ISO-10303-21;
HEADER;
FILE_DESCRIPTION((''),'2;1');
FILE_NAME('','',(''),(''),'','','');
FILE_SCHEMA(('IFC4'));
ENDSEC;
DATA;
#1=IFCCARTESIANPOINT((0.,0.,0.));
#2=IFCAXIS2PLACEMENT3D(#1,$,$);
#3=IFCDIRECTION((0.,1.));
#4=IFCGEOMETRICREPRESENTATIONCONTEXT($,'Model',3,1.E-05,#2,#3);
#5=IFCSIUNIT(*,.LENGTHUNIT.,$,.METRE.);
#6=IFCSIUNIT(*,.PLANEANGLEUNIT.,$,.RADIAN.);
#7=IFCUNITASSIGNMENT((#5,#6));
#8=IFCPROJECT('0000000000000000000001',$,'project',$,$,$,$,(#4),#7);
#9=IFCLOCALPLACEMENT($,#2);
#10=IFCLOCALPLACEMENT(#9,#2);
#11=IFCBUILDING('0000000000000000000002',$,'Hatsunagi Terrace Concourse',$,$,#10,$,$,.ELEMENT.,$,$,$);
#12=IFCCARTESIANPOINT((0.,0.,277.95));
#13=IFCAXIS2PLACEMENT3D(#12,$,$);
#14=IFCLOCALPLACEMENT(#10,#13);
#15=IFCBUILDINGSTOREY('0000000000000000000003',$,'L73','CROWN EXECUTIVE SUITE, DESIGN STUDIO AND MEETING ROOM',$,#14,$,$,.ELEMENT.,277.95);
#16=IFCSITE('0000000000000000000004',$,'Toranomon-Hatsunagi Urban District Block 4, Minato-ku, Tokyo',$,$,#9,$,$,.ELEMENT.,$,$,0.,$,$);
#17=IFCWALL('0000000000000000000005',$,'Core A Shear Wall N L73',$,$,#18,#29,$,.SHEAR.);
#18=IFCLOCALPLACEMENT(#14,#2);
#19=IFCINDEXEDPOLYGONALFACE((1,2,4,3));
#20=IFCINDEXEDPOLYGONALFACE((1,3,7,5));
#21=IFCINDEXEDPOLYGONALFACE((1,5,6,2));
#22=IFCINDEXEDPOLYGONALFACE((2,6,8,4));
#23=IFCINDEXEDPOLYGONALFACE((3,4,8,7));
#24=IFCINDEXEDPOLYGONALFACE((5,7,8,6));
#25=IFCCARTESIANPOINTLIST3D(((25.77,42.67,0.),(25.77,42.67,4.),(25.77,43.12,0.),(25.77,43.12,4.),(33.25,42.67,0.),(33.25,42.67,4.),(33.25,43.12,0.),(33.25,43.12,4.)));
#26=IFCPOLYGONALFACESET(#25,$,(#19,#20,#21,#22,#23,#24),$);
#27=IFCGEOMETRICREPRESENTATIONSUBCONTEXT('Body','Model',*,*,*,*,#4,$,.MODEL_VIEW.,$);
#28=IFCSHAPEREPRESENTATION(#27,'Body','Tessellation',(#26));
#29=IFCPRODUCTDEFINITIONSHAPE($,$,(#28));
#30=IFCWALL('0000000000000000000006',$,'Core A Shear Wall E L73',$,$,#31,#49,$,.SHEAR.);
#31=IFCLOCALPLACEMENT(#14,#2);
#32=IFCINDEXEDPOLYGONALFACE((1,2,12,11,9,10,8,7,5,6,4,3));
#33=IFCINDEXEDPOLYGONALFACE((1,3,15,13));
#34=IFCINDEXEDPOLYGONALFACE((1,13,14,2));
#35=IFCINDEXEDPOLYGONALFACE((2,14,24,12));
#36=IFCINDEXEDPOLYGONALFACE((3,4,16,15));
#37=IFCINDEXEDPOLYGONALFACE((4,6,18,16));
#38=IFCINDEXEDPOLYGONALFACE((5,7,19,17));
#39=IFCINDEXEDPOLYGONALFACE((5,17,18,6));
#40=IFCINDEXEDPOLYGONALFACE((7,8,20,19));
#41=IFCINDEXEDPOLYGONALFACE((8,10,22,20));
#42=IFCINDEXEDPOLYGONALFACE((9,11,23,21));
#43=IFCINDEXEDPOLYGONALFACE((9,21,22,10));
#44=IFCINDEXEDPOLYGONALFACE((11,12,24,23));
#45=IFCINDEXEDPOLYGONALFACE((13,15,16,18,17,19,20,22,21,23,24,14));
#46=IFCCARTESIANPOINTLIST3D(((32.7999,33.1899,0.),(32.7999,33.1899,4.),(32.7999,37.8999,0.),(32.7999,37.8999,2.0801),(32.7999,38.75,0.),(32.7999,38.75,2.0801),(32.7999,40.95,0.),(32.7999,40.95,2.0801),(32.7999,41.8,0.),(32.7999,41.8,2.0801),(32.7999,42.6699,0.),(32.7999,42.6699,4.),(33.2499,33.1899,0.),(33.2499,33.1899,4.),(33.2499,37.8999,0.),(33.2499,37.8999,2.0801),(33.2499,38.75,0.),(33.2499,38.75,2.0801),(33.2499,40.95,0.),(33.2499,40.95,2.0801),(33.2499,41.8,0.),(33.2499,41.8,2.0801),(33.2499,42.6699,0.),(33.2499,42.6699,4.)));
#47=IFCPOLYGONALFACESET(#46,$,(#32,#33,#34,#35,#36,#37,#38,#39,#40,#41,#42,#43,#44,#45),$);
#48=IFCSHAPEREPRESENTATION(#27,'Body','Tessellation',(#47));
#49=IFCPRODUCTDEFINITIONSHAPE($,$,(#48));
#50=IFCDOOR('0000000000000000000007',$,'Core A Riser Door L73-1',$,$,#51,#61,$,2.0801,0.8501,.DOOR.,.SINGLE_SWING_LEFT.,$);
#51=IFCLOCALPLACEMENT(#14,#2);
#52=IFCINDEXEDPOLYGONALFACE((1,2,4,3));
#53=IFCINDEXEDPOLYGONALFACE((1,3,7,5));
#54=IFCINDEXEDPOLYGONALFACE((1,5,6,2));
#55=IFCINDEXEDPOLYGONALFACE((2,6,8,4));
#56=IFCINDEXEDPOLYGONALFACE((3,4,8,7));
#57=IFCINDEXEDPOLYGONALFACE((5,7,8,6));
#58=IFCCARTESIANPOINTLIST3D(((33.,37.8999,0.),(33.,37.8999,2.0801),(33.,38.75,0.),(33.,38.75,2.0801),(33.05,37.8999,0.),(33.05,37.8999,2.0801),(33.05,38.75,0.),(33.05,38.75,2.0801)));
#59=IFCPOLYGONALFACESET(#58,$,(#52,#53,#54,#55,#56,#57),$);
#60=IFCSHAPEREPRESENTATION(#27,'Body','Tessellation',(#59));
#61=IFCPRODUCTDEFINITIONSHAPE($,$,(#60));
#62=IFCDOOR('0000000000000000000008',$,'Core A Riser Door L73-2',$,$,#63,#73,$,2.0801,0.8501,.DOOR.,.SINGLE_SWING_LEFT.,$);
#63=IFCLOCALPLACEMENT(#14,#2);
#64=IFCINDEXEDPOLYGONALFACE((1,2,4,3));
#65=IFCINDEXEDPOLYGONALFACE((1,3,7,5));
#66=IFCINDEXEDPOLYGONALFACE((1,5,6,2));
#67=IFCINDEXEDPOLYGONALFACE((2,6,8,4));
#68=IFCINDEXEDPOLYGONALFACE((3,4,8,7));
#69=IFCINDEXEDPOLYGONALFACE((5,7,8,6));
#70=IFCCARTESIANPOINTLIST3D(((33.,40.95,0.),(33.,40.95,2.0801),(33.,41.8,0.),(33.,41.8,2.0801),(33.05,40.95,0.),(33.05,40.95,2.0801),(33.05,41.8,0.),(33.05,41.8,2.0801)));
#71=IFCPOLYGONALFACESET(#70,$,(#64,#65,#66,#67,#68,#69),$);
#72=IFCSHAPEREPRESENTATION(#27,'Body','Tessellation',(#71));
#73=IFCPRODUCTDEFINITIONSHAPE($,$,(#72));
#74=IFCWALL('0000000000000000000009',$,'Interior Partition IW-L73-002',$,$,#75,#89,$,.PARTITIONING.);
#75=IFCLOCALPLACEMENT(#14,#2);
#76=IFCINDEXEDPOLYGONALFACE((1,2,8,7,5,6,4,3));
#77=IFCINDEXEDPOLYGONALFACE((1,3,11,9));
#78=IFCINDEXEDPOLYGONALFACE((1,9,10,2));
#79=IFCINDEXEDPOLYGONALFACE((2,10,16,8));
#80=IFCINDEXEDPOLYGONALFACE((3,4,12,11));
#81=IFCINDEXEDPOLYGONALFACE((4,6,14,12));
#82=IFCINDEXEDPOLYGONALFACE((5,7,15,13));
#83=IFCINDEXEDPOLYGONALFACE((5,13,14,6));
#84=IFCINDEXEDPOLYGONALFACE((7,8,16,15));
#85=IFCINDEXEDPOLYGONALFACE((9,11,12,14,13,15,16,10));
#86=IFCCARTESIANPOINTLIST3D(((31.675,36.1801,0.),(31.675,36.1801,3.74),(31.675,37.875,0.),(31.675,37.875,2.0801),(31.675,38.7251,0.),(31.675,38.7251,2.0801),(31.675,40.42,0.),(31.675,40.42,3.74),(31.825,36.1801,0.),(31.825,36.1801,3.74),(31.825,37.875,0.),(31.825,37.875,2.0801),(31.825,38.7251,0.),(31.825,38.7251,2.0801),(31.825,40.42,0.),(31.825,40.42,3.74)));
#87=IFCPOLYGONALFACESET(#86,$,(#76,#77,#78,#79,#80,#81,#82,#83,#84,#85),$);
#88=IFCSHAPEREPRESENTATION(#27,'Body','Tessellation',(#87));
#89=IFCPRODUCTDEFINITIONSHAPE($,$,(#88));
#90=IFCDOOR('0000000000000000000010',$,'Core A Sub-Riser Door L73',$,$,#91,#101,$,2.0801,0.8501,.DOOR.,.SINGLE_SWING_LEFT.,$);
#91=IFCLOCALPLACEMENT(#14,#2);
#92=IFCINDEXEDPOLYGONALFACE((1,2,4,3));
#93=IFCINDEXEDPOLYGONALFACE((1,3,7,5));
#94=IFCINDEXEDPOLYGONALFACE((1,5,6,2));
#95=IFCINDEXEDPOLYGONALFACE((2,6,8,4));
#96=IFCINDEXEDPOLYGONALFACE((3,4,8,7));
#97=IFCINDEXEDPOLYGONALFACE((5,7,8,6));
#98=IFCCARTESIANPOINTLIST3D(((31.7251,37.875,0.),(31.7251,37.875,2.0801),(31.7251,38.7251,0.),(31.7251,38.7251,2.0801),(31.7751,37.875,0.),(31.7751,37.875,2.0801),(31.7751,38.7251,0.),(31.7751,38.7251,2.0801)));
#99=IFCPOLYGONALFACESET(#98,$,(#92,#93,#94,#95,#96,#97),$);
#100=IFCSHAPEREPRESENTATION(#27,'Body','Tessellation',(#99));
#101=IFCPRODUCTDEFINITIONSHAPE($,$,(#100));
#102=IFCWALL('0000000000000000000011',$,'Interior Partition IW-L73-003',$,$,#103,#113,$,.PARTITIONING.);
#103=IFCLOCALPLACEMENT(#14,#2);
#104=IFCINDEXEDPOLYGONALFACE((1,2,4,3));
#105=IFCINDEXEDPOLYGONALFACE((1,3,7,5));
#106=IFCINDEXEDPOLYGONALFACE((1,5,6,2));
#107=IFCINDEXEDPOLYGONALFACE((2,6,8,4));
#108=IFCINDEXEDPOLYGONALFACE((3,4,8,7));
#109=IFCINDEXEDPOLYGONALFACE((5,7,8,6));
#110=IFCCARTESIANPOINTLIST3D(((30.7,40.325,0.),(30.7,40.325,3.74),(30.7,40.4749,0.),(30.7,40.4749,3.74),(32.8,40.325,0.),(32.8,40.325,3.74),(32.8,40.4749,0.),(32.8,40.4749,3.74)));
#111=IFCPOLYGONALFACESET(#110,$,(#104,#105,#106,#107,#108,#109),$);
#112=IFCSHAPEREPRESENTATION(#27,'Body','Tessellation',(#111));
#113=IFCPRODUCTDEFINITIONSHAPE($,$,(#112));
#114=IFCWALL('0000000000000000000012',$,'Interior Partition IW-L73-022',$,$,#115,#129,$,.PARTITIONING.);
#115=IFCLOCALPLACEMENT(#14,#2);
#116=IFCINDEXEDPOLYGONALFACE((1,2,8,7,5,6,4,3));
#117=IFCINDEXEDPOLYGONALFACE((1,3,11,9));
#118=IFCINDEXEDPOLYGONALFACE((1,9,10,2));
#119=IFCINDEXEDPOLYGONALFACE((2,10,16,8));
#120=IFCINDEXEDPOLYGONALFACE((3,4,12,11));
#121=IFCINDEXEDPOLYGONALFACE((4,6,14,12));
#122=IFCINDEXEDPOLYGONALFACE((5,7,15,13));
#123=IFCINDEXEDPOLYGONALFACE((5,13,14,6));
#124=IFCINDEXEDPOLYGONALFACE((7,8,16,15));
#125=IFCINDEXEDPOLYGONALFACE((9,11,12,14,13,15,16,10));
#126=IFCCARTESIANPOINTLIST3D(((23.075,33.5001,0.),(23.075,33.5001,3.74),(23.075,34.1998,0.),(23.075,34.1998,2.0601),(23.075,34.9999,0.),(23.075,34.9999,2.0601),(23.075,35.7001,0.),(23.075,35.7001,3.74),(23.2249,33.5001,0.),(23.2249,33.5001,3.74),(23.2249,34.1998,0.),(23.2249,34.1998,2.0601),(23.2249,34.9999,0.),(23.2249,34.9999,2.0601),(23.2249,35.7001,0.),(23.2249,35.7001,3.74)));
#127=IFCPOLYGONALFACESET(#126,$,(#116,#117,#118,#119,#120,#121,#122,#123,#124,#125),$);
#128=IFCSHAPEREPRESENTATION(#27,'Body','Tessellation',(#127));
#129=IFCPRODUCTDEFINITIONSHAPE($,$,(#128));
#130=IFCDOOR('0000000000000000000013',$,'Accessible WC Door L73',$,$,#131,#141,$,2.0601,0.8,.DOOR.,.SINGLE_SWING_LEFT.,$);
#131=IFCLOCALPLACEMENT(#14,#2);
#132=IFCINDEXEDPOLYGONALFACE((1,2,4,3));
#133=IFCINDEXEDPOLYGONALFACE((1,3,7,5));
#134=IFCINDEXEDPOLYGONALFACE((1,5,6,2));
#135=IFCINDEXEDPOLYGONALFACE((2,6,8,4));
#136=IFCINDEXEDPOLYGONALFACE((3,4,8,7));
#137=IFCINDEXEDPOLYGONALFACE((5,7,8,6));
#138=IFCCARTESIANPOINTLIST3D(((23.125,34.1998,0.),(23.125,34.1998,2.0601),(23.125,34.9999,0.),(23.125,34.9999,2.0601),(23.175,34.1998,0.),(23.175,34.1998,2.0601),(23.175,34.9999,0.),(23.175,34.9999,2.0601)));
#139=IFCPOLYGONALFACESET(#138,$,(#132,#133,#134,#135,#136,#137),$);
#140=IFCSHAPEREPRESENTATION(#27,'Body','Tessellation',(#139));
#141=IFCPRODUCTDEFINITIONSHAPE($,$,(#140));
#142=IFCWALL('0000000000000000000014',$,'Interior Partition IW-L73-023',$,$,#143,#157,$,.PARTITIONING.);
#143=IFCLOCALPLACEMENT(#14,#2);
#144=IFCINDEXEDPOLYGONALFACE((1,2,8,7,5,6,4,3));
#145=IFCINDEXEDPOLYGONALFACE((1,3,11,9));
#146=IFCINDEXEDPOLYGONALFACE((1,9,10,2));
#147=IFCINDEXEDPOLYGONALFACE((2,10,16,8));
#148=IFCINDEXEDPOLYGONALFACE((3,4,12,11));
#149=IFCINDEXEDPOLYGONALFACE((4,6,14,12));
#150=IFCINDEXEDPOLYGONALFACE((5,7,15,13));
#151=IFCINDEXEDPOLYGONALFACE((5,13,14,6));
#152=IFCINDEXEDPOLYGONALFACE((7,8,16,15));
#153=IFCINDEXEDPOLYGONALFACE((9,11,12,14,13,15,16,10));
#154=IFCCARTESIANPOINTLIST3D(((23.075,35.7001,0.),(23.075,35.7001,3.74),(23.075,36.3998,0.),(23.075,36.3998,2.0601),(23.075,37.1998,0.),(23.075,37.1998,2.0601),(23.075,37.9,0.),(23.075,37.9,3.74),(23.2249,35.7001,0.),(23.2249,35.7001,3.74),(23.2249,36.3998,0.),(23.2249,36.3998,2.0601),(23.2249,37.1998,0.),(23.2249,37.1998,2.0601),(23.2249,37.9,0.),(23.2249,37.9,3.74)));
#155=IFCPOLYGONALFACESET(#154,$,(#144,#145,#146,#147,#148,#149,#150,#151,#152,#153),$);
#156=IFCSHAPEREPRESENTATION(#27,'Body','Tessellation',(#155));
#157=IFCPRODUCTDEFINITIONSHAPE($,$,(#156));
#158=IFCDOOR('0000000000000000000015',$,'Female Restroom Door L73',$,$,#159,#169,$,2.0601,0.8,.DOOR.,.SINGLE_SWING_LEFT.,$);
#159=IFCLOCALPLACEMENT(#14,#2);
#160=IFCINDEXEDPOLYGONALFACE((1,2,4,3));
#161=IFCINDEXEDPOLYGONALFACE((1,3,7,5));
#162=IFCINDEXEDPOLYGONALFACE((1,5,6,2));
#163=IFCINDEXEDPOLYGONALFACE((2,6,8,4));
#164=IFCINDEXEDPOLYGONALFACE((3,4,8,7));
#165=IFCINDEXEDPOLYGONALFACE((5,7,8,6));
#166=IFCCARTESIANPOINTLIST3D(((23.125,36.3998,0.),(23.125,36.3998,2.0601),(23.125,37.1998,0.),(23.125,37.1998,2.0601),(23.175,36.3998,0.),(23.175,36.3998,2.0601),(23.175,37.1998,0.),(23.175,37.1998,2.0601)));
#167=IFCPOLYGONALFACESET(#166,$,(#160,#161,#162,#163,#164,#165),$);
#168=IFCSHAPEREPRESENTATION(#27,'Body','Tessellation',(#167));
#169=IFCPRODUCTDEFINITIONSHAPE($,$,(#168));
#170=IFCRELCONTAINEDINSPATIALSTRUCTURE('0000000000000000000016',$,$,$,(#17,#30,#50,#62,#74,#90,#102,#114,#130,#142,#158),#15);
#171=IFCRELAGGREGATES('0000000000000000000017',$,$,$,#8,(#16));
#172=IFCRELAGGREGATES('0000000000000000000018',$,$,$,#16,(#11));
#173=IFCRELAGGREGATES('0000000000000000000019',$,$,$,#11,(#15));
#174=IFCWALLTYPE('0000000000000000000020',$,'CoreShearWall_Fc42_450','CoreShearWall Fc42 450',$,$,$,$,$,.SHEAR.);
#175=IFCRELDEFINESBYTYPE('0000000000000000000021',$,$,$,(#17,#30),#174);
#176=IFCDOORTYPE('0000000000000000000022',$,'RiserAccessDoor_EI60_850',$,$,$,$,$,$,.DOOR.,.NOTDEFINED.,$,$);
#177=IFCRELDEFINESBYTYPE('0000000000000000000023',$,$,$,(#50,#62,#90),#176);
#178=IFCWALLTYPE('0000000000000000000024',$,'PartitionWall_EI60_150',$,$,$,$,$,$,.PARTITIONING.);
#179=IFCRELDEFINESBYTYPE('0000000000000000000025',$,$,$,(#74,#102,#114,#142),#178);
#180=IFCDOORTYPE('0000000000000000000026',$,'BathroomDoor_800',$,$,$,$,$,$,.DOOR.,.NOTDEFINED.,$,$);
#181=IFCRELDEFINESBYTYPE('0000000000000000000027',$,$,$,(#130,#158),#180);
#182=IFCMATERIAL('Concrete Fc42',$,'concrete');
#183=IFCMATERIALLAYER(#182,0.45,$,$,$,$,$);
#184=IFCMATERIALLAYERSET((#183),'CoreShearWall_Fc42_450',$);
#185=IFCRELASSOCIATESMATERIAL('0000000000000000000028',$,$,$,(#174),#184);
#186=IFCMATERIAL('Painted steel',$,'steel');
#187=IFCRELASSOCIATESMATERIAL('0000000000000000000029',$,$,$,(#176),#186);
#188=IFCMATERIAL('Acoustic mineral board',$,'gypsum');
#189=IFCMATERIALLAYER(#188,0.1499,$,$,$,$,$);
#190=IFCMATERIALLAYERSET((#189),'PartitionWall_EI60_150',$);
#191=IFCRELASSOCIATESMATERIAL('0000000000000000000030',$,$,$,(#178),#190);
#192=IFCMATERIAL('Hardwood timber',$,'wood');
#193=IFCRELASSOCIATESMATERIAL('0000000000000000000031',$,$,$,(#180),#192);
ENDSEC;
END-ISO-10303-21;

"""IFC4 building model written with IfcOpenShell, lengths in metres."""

from ifc_helpers import new_model, si_unit, direction, frame, frame_2d, origin, place, context, subcontext, project, spatial, rectangle, extrude, material, layer, layer_set, type_object, element, fill, save


model = new_model("IFC4")

# Units and contexts
model_context = context("Model", 3, precision=1e-05, world=origin(), true_north=direction((0.0, 1.0)))
body_context = subcontext(model_context, "Body", "Model", "MODEL_VIEW")
ifc_project = project(units=[si_unit("LENGTHUNIT", "METRE"), si_unit("PLANEANGLEUNIT", "RADIAN")], contexts=[model_context])

# Site, building, storey
site_placement = place(None, origin())
site = spatial("IfcSite", under=ifc_project, at=site_placement, Name="Toranomon-Hatsunagi Urban District Block 4, Minato-ku, Tokyo", CompositionType="ELEMENT", RefElevation=0.0)
building_placement = place(site_placement, origin())
building = spatial("IfcBuilding", under=site, at=building_placement, Name="Hatsunagi Terrace Concourse", CompositionType="ELEMENT")
storey_placement = place(building_placement, frame((0.0, 0.0, 277.95)))
storey = spatial("IfcBuildingStorey", under=building, at=storey_placement, Name="L73", Description="CROWN EXECUTIVE SUITE, DESIGN STUDIO AND MEETING ROOM", CompositionType="ELEMENT", Elevation=277.95)

# Wall
ifc_material_1 = material(Name="Concrete Fc42", Category="concrete")
ifc_layer_1 = layer(ifc_material_1, 0.45)
ifc_layer_set_1 = layer_set([ifc_layer_1], Name="CoreShearWall_Fc42_450")
wall_type_1 = type_object("IfcWallType", Name="CoreShearWall_Fc42_450", Description="CoreShearWall Fc42 450", PredefinedType="SHEAR", material=ifc_layer_set_1)
wall_1_placement = place(storey_placement, frame((25.77, 42.895, 0.0), z_axis=(0.0, 0.0, 1.0), x_axis=(1.0, 0.0, 0.0)))
element("IfcWall", 1, at=wall_1_placement, inside=storey, type_object=wall_type_1, Name="Core A Shear Wall N L73", PredefinedType="SHEAR", context=body_context, shape_type="SweptSolid", body=[
    extrude(rectangle(XDim=7.48, YDim=0.45, at=frame_2d((3.74, 0.0))), origin(), (0.0, 0.0, 1.0), 4.0),
])

# Wall, openings, doors
wall_2_placement = place(storey_placement, frame((33.0249, 33.1899, 0.0), z_axis=(0.0, 0.0, 1.0), x_axis=(0.0, 1.0, 0.0)))
wall_2 = element("IfcWall", 2, at=wall_2_placement, inside=storey, type_object=wall_type_1, Name="Core A Shear Wall E L73", PredefinedType="SHEAR", context=body_context, shape_type="SweptSolid", body=[
    extrude(rectangle(XDim=9.48, YDim=0.45, at=frame_2d((4.74, 0.0))), origin(), (0.0, 0.0, 1.0), 4.0),
])
opening_1_placement = place(wall_2_placement, frame((4.71, 0.0, 0.0)))
opening_1 = element("IfcOpeningElement", 3, at=opening_1_placement, cuts=wall_2, PredefinedType="OPENING", context=body_context, shape_type="SweptSolid", body=[
    extrude(rectangle(XDim=0.8501, YDim=2.0801, at=frame_2d((0.425, 1.04))), frame((0.0, 0.2349, 0.0), z_axis=(0.0, -1.0, 0.0), x_axis=(1.0, 0.0, 0.0)), (0.0, 0.0, 1.0), 0.47),
])
opening_2_placement = place(wall_2_placement, frame((7.76, 0.0, 0.0)))
opening_2 = element("IfcOpeningElement", 4, at=opening_2_placement, cuts=wall_2, PredefinedType="OPENING", context=body_context, shape_type="SweptSolid", body=[
    extrude(rectangle(XDim=0.8501, YDim=2.0801, at=frame_2d((0.425, 1.04))), frame((0.0, 0.2349, 0.0), z_axis=(0.0, -1.0, 0.0), x_axis=(1.0, 0.0, 0.0)), (0.0, 0.0, 1.0), 0.47),
])
ifc_material_2 = material(Name="Painted steel", Category="steel")
door_type_1 = type_object("IfcDoorType", Name="RiserAccessDoor_EI60_850", OperationType="NOTDEFINED", PredefinedType="DOOR", material=ifc_material_2)
door_1_placement = place(opening_1_placement, origin())
door_1 = element("IfcDoor", 5, at=door_1_placement, inside=storey, type_object=door_type_1, Name="Core A Riser Door L73-1", OperationType="SINGLE_SWING_LEFT", OverallHeight=2.0801, OverallWidth=0.8501, PredefinedType="DOOR", context=body_context, shape_type="SweptSolid", body=[
    extrude(rectangle(XDim=0.8501, YDim=2.0801, at=frame_2d((0.425, 1.04))), frame((0.0, 0.0249, 0.0), z_axis=(0.0, -1.0, 0.0), x_axis=(1.0, 0.0, 0.0)), (0.0, 0.0, 1.0), 0.05),
])
fill(opening_1, door_1)
door_2_placement = place(opening_2_placement, origin())
door_2 = element("IfcDoor", 6, at=door_2_placement, inside=storey, type_object=door_type_1, Name="Core A Riser Door L73-2", OperationType="SINGLE_SWING_LEFT", OverallHeight=2.0801, OverallWidth=0.8501, PredefinedType="DOOR", context=body_context, shape_type="SweptSolid", body=[
    extrude(rectangle(XDim=0.8501, YDim=2.0801, at=frame_2d((0.425, 1.04))), frame((0.0, 0.0249, 0.0), z_axis=(0.0, -1.0, 0.0), x_axis=(1.0, 0.0, 0.0)), (0.0, 0.0, 1.0), 0.05),
])
fill(opening_2, door_2)

# Wall, opening, door
ifc_material_3 = material(Name="Acoustic mineral board", Category="gypsum")
ifc_layer_2 = layer(ifc_material_3, 0.1499)
ifc_layer_set_2 = layer_set([ifc_layer_2], Name="PartitionWall_EI60_150")
wall_type_2 = type_object("IfcWallType", Name="PartitionWall_EI60_150", PredefinedType="PARTITIONING", material=ifc_layer_set_2)
wall_3_placement = place(storey_placement, frame((31.75, 36.1799, 0.0), z_axis=(0.0, 0.0, 1.0), x_axis=(0.0, 1.0, 0.0)))
wall_3 = element("IfcWall", 7, at=wall_3_placement, inside=storey, type_object=wall_type_2, Name="Interior Partition IW-L73-002", PredefinedType="PARTITIONING", context=body_context, shape_type="SweptSolid", body=[
    extrude(rectangle(XDim=4.24, YDim=0.1499, at=frame_2d((2.1201, 0.0))), origin(), (0.0, 0.0, 1.0), 3.74),
])
opening_3_placement = place(wall_3_placement, frame((1.6951, 0.0, 0.0)))
opening_3 = element("IfcOpeningElement", 8, at=opening_3_placement, cuts=wall_3, PredefinedType="OPENING", context=body_context, shape_type="SweptSolid", body=[
    extrude(rectangle(XDim=0.8501, YDim=2.0801, at=frame_2d((0.425, 1.04))), frame((0.0, 0.085, 0.0), z_axis=(0.0, -1.0, 0.0), x_axis=(1.0, 0.0, 0.0)), (0.0, 0.0, 1.0), 0.1699),
])
door_3_placement = place(opening_3_placement, origin())
door_3 = element("IfcDoor", 9, at=door_3_placement, inside=storey, type_object=door_type_1, Name="Core A Sub-Riser Door L73", OperationType="SINGLE_SWING_LEFT", OverallHeight=2.0801, OverallWidth=0.8501, PredefinedType="DOOR", context=body_context, shape_type="SweptSolid", body=[
    extrude(rectangle(XDim=0.8501, YDim=2.0801, at=frame_2d((0.425, 1.04))), frame((0.0, 0.0249, 0.0), z_axis=(0.0, -1.0, 0.0), x_axis=(1.0, 0.0, 0.0)), (0.0, 0.0, 1.0), 0.05),
])
fill(opening_3, door_3)

# Wall
wall_4_placement = place(storey_placement, frame((30.7, 40.3999, 0.0), z_axis=(0.0, 0.0, 1.0), x_axis=(1.0, 0.0, 0.0)))
element("IfcWall", 10, at=wall_4_placement, inside=storey, type_object=wall_type_2, Name="Interior Partition IW-L73-003", PredefinedType="PARTITIONING", context=body_context, shape_type="SweptSolid", body=[
    extrude(rectangle(XDim=2.1001, YDim=0.1499, at=frame_2d((1.05, 0.0))), origin(), (0.0, 0.0, 1.0), 3.74),
])

# Walls, openings, doors
wall_5_placement = place(storey_placement, frame((23.1499, 33.5, 0.0), z_axis=(0.0, 0.0, 1.0), x_axis=(0.0, 1.0, 0.0)))
wall_5 = element("IfcWall", 11, at=wall_5_placement, inside=storey, type_object=wall_type_2, Name="Interior Partition IW-L73-022", PredefinedType="PARTITIONING", context=body_context, shape_type="SweptSolid", body=[
    extrude(rectangle(XDim=2.2, YDim=0.1499, at=frame_2d((1.1001, 0.0))), origin(), (0.0, 0.0, 1.0), 3.74),
])
opening_4_placement = place(wall_5_placement, frame((0.7, 0.0, 0.0)))
opening_4 = element("IfcOpeningElement", 12, at=opening_4_placement, cuts=wall_5, PredefinedType="OPENING", context=body_context, shape_type="SweptSolid", body=[
    extrude(rectangle(XDim=0.8, YDim=2.0601, at=frame_2d((0.3999, 1.03))), frame((0.0, 0.085, 0.0), z_axis=(0.0, -1.0, 0.0), x_axis=(1.0, 0.0, 0.0)), (0.0, 0.0, 1.0), 0.1699),
])
ifc_material_4 = material(Name="Hardwood timber", Category="wood")
door_type_2 = type_object("IfcDoorType", Name="BathroomDoor_800", OperationType="NOTDEFINED", PredefinedType="DOOR", material=ifc_material_4)
door_4_placement = place(opening_4_placement, origin())
door_4 = element("IfcDoor", 13, at=door_4_placement, inside=storey, type_object=door_type_2, Name="Accessible WC Door L73", OperationType="SINGLE_SWING_LEFT", OverallHeight=2.0601, OverallWidth=0.8, PredefinedType="DOOR", context=body_context, shape_type="SweptSolid", body=[
    extrude(rectangle(XDim=0.8, YDim=2.0601, at=frame_2d((0.3999, 1.03))), frame((0.0, 0.0249, 0.0), z_axis=(0.0, -1.0, 0.0), x_axis=(1.0, 0.0, 0.0)), (0.0, 0.0, 1.0), 0.05),
])
fill(opening_4, door_4)
wall_6_placement = place(storey_placement, frame((23.1499, 35.7, 0.0), z_axis=(0.0, 0.0, 1.0), x_axis=(0.0, 1.0, 0.0)))
wall_6 = element("IfcWall", 14, at=wall_6_placement, inside=storey, type_object=wall_type_2, Name="Interior Partition IW-L73-023", PredefinedType="PARTITIONING", context=body_context, shape_type="SweptSolid", body=[
    extrude(rectangle(XDim=2.2, YDim=0.1499, at=frame_2d((1.1001, 0.0))), origin(), (0.0, 0.0, 1.0), 3.74),
])
opening_5_placement = place(wall_6_placement, frame((0.7, 0.0, 0.0)))
opening_5 = element("IfcOpeningElement", 15, at=opening_5_placement, cuts=wall_6, PredefinedType="OPENING", context=body_context, shape_type="SweptSolid", body=[
    extrude(rectangle(XDim=0.8, YDim=2.0601, at=frame_2d((0.3999, 1.03))), frame((0.0, 0.085, 0.0), z_axis=(0.0, -1.0, 0.0), x_axis=(1.0, 0.0, 0.0)), (0.0, 0.0, 1.0), 0.1699),
])
door_5_placement = place(opening_5_placement, origin())
door_5 = element("IfcDoor", 16, at=door_5_placement, inside=storey, type_object=door_type_2, Name="Female Restroom Door L73", OperationType="SINGLE_SWING_LEFT", OverallHeight=2.0601, OverallWidth=0.8, PredefinedType="DOOR", context=body_context, shape_type="SweptSolid", body=[
    extrude(rectangle(XDim=0.8, YDim=2.0601, at=frame_2d((0.3999, 1.03))), frame((0.0, 0.0249, 0.0), z_axis=(0.0, -1.0, 0.0), x_axis=(1.0, 0.0, 0.0)), (0.0, 0.0, 1.0), 0.05),
])
fill(opening_5, door_5)

save(model, "model.ifc")
